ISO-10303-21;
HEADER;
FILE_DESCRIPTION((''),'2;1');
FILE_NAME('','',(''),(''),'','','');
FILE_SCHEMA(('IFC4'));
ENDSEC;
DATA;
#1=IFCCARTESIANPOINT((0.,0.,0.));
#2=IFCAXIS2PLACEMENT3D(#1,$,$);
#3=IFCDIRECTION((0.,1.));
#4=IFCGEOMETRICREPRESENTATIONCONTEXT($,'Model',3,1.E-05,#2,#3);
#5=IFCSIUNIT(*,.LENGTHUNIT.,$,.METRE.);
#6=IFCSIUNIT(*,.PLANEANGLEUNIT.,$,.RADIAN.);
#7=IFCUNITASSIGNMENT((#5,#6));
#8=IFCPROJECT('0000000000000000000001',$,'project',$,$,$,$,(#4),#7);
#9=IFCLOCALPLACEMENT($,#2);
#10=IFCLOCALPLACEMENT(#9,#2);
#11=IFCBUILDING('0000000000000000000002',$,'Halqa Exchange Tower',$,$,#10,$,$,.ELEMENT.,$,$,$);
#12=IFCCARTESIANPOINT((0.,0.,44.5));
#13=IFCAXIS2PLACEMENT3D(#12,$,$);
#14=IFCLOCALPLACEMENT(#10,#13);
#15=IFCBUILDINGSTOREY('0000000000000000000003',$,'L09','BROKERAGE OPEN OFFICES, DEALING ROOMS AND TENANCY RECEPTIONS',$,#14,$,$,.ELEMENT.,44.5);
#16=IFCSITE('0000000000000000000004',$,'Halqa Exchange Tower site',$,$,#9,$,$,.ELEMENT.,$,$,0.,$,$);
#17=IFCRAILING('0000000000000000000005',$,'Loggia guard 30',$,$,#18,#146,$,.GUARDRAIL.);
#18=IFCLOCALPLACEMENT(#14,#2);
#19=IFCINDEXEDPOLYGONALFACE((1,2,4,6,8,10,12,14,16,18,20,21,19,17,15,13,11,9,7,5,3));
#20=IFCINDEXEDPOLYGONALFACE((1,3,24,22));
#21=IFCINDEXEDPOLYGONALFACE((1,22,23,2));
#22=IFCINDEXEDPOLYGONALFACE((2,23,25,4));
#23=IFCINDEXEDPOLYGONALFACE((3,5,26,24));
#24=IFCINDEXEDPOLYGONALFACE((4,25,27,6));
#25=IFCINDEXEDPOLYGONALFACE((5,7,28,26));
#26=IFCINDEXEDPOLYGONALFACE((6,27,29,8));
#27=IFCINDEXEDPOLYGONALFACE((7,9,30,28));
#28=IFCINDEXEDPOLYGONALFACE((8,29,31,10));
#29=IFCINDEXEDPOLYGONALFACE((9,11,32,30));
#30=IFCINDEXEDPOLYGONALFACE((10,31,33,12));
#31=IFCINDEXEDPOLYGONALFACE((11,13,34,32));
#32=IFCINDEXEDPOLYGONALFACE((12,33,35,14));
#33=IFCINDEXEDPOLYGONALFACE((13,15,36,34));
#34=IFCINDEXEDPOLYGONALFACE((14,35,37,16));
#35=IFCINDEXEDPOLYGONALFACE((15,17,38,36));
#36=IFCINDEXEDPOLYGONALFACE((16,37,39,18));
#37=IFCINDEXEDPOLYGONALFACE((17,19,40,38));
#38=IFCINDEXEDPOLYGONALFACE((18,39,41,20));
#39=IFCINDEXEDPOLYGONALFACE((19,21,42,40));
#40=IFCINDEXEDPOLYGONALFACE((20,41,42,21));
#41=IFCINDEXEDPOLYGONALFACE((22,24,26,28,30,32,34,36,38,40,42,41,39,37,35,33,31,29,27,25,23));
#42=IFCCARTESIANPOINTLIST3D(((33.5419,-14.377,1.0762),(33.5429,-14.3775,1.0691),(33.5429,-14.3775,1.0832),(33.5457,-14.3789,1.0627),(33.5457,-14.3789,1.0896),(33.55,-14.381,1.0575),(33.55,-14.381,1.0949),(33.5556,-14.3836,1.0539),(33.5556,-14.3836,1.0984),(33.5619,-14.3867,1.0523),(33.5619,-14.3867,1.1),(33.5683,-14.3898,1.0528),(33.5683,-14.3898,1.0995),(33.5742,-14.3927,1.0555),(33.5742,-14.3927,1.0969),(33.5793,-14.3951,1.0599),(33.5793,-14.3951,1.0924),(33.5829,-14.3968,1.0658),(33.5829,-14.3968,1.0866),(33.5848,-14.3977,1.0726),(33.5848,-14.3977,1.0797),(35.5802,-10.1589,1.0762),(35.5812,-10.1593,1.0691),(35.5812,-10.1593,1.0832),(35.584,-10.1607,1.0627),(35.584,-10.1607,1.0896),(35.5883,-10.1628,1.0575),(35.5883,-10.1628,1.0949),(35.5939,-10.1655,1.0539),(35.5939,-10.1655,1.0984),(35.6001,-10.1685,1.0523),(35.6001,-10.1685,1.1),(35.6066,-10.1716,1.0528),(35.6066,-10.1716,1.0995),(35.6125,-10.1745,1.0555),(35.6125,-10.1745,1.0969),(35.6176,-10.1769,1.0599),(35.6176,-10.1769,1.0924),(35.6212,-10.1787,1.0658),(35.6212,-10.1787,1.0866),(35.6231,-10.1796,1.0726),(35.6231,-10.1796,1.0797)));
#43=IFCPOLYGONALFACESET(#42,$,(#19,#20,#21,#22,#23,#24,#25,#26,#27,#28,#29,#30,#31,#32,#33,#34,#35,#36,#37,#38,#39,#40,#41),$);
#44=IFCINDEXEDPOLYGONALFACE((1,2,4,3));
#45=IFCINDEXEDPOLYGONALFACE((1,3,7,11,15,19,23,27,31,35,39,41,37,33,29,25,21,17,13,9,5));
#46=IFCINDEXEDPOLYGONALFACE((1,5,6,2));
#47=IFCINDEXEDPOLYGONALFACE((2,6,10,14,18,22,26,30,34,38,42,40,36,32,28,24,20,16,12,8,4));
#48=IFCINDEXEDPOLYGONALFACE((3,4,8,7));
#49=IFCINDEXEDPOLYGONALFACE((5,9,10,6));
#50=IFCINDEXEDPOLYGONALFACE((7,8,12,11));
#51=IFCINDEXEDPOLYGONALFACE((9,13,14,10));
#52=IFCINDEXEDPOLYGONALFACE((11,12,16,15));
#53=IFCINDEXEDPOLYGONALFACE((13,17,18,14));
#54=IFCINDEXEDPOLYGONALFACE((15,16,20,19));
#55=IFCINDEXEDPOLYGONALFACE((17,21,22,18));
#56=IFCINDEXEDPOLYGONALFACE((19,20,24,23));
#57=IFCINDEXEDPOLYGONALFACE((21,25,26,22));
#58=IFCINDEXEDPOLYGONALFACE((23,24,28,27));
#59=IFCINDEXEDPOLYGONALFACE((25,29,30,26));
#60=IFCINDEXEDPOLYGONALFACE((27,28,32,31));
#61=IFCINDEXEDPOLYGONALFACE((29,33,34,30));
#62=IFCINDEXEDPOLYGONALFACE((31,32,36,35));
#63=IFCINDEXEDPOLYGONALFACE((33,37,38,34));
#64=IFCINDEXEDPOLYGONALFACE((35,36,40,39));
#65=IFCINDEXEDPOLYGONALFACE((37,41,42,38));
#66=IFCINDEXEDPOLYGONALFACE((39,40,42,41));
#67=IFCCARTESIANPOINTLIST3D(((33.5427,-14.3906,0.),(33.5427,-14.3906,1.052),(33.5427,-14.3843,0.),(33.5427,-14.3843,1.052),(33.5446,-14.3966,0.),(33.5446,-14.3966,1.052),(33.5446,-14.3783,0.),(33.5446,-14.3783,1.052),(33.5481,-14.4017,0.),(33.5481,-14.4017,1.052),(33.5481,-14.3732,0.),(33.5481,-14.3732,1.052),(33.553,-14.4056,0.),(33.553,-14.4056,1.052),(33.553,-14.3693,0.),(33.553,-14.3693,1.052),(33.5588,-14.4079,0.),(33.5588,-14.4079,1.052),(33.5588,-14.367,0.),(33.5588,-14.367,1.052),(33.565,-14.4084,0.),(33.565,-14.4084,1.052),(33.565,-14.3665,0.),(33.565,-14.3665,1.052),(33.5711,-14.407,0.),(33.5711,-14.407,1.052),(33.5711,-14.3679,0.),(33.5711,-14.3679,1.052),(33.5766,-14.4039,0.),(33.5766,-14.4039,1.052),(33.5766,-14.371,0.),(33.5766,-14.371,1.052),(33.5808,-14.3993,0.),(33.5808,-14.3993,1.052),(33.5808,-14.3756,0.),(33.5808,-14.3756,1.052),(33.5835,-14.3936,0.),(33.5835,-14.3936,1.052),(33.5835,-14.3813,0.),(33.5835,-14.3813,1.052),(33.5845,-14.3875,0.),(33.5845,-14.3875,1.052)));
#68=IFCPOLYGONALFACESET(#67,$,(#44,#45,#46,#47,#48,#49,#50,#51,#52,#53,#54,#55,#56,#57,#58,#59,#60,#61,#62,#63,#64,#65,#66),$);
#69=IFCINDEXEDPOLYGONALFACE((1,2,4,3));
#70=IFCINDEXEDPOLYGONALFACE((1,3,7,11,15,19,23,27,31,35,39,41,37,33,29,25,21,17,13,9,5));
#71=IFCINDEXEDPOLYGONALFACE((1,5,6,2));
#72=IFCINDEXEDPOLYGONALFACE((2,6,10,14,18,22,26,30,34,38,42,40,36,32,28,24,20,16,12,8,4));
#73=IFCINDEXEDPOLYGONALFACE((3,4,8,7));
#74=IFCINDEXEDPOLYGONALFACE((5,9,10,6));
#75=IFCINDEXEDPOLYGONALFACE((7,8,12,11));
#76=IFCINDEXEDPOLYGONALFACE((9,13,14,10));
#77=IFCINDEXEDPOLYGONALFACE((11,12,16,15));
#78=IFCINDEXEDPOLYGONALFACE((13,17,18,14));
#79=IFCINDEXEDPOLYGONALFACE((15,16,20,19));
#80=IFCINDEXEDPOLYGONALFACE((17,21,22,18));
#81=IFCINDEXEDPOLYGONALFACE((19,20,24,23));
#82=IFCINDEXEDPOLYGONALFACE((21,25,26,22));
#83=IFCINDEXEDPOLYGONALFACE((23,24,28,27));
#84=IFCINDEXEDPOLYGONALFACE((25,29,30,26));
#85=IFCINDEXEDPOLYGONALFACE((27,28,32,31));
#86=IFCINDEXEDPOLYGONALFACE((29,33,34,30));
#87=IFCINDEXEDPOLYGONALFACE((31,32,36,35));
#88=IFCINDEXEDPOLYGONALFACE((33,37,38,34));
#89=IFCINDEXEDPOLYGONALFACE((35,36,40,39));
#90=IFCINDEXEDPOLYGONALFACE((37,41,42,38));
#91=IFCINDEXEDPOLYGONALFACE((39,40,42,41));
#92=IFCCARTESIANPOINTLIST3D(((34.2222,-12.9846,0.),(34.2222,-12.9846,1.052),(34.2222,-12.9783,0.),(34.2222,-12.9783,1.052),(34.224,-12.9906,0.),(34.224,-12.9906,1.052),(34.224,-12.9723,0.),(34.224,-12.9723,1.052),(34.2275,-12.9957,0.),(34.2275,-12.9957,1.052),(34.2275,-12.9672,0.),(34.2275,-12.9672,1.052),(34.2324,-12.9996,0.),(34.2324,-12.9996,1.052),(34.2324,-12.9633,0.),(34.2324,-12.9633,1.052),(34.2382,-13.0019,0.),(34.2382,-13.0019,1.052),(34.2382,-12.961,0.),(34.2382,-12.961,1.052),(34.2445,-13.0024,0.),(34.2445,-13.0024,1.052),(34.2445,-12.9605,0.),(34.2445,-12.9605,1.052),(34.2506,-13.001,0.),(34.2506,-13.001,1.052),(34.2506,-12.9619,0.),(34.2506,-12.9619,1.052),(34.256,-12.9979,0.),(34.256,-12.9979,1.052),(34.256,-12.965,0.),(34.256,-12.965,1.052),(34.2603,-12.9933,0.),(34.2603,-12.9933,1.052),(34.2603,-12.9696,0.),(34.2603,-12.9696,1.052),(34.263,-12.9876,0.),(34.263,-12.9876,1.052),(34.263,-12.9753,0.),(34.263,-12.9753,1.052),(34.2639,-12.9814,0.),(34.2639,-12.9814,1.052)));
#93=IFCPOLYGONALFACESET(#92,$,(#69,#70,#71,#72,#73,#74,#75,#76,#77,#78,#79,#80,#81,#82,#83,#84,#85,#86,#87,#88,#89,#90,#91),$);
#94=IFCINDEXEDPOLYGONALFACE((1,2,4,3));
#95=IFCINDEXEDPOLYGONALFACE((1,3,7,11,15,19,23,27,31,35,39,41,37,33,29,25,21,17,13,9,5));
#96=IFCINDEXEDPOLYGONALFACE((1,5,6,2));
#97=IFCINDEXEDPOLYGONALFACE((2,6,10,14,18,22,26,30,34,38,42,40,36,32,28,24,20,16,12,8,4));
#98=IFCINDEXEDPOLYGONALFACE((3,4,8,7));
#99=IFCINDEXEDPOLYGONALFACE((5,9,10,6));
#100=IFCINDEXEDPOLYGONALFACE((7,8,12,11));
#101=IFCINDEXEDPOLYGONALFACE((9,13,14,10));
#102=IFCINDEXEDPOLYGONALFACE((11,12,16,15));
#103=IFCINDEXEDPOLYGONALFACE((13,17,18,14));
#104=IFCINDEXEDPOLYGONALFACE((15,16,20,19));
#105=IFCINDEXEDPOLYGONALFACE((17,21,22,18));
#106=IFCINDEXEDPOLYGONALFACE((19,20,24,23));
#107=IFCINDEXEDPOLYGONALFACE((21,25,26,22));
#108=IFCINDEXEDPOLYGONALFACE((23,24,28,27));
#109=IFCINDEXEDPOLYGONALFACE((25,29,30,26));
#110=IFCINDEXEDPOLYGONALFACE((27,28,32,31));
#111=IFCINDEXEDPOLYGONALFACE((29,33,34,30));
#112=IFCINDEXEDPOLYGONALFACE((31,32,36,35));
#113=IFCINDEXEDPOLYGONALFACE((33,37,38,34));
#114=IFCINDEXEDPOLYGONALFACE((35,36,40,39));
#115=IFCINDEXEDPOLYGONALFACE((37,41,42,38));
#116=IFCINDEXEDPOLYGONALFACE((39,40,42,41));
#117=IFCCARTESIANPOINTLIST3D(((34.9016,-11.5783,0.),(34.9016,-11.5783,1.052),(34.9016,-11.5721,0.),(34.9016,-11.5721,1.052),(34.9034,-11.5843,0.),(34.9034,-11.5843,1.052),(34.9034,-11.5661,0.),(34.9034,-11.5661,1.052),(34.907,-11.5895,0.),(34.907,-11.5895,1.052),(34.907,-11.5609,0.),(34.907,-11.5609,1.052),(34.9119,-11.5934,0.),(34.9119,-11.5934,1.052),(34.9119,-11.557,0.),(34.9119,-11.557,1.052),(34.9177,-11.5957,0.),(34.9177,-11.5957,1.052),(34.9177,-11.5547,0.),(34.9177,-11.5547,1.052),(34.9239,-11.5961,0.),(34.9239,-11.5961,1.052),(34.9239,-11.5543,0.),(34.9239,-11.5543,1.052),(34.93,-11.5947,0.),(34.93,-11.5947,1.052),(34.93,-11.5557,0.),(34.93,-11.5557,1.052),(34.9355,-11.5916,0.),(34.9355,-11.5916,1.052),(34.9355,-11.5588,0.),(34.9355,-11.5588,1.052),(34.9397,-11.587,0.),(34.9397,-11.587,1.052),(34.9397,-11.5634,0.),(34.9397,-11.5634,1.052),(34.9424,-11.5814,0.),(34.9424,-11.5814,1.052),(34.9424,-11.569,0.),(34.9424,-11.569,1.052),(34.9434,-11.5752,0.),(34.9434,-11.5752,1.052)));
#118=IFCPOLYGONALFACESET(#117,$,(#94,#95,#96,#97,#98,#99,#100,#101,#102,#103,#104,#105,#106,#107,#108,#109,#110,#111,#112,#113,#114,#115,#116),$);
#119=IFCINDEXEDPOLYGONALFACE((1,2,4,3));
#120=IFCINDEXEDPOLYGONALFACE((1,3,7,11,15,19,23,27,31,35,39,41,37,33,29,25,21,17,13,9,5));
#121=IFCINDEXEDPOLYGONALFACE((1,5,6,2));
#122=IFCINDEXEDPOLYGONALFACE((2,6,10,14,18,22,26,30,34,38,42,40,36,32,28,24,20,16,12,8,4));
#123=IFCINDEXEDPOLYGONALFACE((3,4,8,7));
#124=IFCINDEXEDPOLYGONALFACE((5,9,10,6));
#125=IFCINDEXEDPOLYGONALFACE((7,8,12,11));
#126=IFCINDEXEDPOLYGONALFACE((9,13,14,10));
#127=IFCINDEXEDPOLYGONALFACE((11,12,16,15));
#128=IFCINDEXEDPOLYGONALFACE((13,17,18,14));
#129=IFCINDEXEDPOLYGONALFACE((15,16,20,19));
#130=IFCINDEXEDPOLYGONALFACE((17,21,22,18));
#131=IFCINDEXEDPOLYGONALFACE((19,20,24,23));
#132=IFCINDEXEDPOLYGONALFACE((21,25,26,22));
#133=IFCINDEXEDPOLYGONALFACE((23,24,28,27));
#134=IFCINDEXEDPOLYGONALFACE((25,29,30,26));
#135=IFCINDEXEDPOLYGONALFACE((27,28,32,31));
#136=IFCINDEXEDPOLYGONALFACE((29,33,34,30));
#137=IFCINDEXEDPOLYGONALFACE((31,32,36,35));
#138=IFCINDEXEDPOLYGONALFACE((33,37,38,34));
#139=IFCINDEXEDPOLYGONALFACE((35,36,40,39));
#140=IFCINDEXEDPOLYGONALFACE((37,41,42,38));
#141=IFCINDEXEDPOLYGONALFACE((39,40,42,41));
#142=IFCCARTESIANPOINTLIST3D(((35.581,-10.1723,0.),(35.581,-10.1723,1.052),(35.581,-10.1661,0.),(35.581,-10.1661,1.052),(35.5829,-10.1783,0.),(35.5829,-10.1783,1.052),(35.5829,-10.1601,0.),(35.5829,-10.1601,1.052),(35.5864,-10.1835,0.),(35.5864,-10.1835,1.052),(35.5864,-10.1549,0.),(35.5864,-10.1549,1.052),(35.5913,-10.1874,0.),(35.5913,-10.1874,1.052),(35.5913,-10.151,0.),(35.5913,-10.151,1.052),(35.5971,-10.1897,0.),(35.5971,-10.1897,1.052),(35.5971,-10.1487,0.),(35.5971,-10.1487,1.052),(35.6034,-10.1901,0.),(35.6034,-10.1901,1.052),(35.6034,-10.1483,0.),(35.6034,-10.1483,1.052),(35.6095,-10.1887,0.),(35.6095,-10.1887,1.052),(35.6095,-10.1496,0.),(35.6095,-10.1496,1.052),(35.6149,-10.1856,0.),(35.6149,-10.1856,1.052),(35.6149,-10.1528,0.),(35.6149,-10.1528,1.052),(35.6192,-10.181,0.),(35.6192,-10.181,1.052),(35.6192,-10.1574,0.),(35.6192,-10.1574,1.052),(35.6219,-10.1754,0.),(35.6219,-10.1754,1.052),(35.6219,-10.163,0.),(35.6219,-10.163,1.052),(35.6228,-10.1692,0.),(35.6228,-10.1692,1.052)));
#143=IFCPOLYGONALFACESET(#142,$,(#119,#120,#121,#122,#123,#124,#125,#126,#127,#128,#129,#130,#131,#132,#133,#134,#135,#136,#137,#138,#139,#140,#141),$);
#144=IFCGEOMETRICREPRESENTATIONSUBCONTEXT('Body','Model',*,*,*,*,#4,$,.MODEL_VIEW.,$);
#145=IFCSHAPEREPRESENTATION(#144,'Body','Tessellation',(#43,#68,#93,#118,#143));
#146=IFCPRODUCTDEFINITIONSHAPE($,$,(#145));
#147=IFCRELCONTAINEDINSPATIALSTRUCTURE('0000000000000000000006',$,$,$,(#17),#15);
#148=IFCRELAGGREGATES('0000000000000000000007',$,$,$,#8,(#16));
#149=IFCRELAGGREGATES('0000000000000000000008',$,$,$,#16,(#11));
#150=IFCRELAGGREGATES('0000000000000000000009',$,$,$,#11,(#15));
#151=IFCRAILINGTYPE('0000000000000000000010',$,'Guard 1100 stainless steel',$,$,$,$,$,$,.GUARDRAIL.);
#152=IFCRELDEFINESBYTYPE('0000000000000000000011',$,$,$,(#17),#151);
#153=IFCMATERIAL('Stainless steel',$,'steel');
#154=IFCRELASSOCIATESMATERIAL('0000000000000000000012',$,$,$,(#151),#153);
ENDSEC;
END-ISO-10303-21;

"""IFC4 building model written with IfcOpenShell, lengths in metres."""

from ifc_helpers import new_model, si_unit, direction, frame, origin, origin_2d, place, context, subcontext, project, spatial, circle, extrude, material, type_object, element, save


model = new_model("IFC4")

# Units and contexts
model_context = context("Model", 3, precision=1e-05, world=origin(), true_north=direction((0.0, 1.0)))
body_context = subcontext(model_context, "Body", "Model", "MODEL_VIEW")
ifc_project = project(units=[si_unit("LENGTHUNIT", "METRE"), si_unit("PLANEANGLEUNIT", "RADIAN")], contexts=[model_context])

# Site, building, storey
site_placement = place(None, origin())
site = spatial("IfcSite", under=ifc_project, at=site_placement, Name="Halqa Exchange Tower site", CompositionType="ELEMENT", RefElevation=0.0)
building_placement = place(site_placement, origin())
building = spatial("IfcBuilding", under=site, at=building_placement, Name="Halqa Exchange Tower", CompositionType="ELEMENT")
storey_placement = place(building_placement, frame((0.0, 0.0, 44.5)))
storey = spatial("IfcBuildingStorey", under=building, at=storey_placement, Name="L09", Description="BROKERAGE OPEN OFFICES, DEALING ROOMS AND TENANCY RECEPTIONS", CompositionType="ELEMENT", Elevation=44.5)

# Railing
ifc_material_1 = material(Name="Stainless steel", Category="steel")
railing_type = type_object("IfcRailingType", Name="Guard 1100 stainless steel", PredefinedType="GUARDRAIL", material=ifc_material_1)
railing_1_placement = place(storey_placement, frame((33.5635, -14.3875, 0.0)))
element("IfcRailing", 1, at=railing_1_placement, inside=storey, type_object=railing_type, Name="Loggia guard 30", PredefinedType="GUARDRAIL", context=body_context, shape_type="SweptSolid", body=[
    extrude(circle(Radius=0.0239, at=origin_2d()), frame((0.0, 0.0, 1.0762), z_axis=(0.435083, 0.90039, 0.0), x_axis=(-0.90039, 0.435083, 0.0)), (0.0, 0.0, 1.0), 4.6848),
    extrude(circle(Radius=0.021, at=origin_2d()), origin(), (0.0, 0.0, 1.0), 1.052),
    extrude(circle(Radius=0.021, at=origin_2d()), frame((0.6794, 1.406, 0.0)), (0.0, 0.0, 1.0), 1.052),
    extrude(circle(Radius=0.021, at=origin_2d()), frame((1.3589, 2.8123, 0.0)), (0.0, 0.0, 1.0), 1.052),
    extrude(circle(Radius=0.021, at=origin_2d()), frame((2.0383, 4.2183, 0.0)), (0.0, 0.0, 1.0), 1.052),
])

save(model, "model.ifc")
